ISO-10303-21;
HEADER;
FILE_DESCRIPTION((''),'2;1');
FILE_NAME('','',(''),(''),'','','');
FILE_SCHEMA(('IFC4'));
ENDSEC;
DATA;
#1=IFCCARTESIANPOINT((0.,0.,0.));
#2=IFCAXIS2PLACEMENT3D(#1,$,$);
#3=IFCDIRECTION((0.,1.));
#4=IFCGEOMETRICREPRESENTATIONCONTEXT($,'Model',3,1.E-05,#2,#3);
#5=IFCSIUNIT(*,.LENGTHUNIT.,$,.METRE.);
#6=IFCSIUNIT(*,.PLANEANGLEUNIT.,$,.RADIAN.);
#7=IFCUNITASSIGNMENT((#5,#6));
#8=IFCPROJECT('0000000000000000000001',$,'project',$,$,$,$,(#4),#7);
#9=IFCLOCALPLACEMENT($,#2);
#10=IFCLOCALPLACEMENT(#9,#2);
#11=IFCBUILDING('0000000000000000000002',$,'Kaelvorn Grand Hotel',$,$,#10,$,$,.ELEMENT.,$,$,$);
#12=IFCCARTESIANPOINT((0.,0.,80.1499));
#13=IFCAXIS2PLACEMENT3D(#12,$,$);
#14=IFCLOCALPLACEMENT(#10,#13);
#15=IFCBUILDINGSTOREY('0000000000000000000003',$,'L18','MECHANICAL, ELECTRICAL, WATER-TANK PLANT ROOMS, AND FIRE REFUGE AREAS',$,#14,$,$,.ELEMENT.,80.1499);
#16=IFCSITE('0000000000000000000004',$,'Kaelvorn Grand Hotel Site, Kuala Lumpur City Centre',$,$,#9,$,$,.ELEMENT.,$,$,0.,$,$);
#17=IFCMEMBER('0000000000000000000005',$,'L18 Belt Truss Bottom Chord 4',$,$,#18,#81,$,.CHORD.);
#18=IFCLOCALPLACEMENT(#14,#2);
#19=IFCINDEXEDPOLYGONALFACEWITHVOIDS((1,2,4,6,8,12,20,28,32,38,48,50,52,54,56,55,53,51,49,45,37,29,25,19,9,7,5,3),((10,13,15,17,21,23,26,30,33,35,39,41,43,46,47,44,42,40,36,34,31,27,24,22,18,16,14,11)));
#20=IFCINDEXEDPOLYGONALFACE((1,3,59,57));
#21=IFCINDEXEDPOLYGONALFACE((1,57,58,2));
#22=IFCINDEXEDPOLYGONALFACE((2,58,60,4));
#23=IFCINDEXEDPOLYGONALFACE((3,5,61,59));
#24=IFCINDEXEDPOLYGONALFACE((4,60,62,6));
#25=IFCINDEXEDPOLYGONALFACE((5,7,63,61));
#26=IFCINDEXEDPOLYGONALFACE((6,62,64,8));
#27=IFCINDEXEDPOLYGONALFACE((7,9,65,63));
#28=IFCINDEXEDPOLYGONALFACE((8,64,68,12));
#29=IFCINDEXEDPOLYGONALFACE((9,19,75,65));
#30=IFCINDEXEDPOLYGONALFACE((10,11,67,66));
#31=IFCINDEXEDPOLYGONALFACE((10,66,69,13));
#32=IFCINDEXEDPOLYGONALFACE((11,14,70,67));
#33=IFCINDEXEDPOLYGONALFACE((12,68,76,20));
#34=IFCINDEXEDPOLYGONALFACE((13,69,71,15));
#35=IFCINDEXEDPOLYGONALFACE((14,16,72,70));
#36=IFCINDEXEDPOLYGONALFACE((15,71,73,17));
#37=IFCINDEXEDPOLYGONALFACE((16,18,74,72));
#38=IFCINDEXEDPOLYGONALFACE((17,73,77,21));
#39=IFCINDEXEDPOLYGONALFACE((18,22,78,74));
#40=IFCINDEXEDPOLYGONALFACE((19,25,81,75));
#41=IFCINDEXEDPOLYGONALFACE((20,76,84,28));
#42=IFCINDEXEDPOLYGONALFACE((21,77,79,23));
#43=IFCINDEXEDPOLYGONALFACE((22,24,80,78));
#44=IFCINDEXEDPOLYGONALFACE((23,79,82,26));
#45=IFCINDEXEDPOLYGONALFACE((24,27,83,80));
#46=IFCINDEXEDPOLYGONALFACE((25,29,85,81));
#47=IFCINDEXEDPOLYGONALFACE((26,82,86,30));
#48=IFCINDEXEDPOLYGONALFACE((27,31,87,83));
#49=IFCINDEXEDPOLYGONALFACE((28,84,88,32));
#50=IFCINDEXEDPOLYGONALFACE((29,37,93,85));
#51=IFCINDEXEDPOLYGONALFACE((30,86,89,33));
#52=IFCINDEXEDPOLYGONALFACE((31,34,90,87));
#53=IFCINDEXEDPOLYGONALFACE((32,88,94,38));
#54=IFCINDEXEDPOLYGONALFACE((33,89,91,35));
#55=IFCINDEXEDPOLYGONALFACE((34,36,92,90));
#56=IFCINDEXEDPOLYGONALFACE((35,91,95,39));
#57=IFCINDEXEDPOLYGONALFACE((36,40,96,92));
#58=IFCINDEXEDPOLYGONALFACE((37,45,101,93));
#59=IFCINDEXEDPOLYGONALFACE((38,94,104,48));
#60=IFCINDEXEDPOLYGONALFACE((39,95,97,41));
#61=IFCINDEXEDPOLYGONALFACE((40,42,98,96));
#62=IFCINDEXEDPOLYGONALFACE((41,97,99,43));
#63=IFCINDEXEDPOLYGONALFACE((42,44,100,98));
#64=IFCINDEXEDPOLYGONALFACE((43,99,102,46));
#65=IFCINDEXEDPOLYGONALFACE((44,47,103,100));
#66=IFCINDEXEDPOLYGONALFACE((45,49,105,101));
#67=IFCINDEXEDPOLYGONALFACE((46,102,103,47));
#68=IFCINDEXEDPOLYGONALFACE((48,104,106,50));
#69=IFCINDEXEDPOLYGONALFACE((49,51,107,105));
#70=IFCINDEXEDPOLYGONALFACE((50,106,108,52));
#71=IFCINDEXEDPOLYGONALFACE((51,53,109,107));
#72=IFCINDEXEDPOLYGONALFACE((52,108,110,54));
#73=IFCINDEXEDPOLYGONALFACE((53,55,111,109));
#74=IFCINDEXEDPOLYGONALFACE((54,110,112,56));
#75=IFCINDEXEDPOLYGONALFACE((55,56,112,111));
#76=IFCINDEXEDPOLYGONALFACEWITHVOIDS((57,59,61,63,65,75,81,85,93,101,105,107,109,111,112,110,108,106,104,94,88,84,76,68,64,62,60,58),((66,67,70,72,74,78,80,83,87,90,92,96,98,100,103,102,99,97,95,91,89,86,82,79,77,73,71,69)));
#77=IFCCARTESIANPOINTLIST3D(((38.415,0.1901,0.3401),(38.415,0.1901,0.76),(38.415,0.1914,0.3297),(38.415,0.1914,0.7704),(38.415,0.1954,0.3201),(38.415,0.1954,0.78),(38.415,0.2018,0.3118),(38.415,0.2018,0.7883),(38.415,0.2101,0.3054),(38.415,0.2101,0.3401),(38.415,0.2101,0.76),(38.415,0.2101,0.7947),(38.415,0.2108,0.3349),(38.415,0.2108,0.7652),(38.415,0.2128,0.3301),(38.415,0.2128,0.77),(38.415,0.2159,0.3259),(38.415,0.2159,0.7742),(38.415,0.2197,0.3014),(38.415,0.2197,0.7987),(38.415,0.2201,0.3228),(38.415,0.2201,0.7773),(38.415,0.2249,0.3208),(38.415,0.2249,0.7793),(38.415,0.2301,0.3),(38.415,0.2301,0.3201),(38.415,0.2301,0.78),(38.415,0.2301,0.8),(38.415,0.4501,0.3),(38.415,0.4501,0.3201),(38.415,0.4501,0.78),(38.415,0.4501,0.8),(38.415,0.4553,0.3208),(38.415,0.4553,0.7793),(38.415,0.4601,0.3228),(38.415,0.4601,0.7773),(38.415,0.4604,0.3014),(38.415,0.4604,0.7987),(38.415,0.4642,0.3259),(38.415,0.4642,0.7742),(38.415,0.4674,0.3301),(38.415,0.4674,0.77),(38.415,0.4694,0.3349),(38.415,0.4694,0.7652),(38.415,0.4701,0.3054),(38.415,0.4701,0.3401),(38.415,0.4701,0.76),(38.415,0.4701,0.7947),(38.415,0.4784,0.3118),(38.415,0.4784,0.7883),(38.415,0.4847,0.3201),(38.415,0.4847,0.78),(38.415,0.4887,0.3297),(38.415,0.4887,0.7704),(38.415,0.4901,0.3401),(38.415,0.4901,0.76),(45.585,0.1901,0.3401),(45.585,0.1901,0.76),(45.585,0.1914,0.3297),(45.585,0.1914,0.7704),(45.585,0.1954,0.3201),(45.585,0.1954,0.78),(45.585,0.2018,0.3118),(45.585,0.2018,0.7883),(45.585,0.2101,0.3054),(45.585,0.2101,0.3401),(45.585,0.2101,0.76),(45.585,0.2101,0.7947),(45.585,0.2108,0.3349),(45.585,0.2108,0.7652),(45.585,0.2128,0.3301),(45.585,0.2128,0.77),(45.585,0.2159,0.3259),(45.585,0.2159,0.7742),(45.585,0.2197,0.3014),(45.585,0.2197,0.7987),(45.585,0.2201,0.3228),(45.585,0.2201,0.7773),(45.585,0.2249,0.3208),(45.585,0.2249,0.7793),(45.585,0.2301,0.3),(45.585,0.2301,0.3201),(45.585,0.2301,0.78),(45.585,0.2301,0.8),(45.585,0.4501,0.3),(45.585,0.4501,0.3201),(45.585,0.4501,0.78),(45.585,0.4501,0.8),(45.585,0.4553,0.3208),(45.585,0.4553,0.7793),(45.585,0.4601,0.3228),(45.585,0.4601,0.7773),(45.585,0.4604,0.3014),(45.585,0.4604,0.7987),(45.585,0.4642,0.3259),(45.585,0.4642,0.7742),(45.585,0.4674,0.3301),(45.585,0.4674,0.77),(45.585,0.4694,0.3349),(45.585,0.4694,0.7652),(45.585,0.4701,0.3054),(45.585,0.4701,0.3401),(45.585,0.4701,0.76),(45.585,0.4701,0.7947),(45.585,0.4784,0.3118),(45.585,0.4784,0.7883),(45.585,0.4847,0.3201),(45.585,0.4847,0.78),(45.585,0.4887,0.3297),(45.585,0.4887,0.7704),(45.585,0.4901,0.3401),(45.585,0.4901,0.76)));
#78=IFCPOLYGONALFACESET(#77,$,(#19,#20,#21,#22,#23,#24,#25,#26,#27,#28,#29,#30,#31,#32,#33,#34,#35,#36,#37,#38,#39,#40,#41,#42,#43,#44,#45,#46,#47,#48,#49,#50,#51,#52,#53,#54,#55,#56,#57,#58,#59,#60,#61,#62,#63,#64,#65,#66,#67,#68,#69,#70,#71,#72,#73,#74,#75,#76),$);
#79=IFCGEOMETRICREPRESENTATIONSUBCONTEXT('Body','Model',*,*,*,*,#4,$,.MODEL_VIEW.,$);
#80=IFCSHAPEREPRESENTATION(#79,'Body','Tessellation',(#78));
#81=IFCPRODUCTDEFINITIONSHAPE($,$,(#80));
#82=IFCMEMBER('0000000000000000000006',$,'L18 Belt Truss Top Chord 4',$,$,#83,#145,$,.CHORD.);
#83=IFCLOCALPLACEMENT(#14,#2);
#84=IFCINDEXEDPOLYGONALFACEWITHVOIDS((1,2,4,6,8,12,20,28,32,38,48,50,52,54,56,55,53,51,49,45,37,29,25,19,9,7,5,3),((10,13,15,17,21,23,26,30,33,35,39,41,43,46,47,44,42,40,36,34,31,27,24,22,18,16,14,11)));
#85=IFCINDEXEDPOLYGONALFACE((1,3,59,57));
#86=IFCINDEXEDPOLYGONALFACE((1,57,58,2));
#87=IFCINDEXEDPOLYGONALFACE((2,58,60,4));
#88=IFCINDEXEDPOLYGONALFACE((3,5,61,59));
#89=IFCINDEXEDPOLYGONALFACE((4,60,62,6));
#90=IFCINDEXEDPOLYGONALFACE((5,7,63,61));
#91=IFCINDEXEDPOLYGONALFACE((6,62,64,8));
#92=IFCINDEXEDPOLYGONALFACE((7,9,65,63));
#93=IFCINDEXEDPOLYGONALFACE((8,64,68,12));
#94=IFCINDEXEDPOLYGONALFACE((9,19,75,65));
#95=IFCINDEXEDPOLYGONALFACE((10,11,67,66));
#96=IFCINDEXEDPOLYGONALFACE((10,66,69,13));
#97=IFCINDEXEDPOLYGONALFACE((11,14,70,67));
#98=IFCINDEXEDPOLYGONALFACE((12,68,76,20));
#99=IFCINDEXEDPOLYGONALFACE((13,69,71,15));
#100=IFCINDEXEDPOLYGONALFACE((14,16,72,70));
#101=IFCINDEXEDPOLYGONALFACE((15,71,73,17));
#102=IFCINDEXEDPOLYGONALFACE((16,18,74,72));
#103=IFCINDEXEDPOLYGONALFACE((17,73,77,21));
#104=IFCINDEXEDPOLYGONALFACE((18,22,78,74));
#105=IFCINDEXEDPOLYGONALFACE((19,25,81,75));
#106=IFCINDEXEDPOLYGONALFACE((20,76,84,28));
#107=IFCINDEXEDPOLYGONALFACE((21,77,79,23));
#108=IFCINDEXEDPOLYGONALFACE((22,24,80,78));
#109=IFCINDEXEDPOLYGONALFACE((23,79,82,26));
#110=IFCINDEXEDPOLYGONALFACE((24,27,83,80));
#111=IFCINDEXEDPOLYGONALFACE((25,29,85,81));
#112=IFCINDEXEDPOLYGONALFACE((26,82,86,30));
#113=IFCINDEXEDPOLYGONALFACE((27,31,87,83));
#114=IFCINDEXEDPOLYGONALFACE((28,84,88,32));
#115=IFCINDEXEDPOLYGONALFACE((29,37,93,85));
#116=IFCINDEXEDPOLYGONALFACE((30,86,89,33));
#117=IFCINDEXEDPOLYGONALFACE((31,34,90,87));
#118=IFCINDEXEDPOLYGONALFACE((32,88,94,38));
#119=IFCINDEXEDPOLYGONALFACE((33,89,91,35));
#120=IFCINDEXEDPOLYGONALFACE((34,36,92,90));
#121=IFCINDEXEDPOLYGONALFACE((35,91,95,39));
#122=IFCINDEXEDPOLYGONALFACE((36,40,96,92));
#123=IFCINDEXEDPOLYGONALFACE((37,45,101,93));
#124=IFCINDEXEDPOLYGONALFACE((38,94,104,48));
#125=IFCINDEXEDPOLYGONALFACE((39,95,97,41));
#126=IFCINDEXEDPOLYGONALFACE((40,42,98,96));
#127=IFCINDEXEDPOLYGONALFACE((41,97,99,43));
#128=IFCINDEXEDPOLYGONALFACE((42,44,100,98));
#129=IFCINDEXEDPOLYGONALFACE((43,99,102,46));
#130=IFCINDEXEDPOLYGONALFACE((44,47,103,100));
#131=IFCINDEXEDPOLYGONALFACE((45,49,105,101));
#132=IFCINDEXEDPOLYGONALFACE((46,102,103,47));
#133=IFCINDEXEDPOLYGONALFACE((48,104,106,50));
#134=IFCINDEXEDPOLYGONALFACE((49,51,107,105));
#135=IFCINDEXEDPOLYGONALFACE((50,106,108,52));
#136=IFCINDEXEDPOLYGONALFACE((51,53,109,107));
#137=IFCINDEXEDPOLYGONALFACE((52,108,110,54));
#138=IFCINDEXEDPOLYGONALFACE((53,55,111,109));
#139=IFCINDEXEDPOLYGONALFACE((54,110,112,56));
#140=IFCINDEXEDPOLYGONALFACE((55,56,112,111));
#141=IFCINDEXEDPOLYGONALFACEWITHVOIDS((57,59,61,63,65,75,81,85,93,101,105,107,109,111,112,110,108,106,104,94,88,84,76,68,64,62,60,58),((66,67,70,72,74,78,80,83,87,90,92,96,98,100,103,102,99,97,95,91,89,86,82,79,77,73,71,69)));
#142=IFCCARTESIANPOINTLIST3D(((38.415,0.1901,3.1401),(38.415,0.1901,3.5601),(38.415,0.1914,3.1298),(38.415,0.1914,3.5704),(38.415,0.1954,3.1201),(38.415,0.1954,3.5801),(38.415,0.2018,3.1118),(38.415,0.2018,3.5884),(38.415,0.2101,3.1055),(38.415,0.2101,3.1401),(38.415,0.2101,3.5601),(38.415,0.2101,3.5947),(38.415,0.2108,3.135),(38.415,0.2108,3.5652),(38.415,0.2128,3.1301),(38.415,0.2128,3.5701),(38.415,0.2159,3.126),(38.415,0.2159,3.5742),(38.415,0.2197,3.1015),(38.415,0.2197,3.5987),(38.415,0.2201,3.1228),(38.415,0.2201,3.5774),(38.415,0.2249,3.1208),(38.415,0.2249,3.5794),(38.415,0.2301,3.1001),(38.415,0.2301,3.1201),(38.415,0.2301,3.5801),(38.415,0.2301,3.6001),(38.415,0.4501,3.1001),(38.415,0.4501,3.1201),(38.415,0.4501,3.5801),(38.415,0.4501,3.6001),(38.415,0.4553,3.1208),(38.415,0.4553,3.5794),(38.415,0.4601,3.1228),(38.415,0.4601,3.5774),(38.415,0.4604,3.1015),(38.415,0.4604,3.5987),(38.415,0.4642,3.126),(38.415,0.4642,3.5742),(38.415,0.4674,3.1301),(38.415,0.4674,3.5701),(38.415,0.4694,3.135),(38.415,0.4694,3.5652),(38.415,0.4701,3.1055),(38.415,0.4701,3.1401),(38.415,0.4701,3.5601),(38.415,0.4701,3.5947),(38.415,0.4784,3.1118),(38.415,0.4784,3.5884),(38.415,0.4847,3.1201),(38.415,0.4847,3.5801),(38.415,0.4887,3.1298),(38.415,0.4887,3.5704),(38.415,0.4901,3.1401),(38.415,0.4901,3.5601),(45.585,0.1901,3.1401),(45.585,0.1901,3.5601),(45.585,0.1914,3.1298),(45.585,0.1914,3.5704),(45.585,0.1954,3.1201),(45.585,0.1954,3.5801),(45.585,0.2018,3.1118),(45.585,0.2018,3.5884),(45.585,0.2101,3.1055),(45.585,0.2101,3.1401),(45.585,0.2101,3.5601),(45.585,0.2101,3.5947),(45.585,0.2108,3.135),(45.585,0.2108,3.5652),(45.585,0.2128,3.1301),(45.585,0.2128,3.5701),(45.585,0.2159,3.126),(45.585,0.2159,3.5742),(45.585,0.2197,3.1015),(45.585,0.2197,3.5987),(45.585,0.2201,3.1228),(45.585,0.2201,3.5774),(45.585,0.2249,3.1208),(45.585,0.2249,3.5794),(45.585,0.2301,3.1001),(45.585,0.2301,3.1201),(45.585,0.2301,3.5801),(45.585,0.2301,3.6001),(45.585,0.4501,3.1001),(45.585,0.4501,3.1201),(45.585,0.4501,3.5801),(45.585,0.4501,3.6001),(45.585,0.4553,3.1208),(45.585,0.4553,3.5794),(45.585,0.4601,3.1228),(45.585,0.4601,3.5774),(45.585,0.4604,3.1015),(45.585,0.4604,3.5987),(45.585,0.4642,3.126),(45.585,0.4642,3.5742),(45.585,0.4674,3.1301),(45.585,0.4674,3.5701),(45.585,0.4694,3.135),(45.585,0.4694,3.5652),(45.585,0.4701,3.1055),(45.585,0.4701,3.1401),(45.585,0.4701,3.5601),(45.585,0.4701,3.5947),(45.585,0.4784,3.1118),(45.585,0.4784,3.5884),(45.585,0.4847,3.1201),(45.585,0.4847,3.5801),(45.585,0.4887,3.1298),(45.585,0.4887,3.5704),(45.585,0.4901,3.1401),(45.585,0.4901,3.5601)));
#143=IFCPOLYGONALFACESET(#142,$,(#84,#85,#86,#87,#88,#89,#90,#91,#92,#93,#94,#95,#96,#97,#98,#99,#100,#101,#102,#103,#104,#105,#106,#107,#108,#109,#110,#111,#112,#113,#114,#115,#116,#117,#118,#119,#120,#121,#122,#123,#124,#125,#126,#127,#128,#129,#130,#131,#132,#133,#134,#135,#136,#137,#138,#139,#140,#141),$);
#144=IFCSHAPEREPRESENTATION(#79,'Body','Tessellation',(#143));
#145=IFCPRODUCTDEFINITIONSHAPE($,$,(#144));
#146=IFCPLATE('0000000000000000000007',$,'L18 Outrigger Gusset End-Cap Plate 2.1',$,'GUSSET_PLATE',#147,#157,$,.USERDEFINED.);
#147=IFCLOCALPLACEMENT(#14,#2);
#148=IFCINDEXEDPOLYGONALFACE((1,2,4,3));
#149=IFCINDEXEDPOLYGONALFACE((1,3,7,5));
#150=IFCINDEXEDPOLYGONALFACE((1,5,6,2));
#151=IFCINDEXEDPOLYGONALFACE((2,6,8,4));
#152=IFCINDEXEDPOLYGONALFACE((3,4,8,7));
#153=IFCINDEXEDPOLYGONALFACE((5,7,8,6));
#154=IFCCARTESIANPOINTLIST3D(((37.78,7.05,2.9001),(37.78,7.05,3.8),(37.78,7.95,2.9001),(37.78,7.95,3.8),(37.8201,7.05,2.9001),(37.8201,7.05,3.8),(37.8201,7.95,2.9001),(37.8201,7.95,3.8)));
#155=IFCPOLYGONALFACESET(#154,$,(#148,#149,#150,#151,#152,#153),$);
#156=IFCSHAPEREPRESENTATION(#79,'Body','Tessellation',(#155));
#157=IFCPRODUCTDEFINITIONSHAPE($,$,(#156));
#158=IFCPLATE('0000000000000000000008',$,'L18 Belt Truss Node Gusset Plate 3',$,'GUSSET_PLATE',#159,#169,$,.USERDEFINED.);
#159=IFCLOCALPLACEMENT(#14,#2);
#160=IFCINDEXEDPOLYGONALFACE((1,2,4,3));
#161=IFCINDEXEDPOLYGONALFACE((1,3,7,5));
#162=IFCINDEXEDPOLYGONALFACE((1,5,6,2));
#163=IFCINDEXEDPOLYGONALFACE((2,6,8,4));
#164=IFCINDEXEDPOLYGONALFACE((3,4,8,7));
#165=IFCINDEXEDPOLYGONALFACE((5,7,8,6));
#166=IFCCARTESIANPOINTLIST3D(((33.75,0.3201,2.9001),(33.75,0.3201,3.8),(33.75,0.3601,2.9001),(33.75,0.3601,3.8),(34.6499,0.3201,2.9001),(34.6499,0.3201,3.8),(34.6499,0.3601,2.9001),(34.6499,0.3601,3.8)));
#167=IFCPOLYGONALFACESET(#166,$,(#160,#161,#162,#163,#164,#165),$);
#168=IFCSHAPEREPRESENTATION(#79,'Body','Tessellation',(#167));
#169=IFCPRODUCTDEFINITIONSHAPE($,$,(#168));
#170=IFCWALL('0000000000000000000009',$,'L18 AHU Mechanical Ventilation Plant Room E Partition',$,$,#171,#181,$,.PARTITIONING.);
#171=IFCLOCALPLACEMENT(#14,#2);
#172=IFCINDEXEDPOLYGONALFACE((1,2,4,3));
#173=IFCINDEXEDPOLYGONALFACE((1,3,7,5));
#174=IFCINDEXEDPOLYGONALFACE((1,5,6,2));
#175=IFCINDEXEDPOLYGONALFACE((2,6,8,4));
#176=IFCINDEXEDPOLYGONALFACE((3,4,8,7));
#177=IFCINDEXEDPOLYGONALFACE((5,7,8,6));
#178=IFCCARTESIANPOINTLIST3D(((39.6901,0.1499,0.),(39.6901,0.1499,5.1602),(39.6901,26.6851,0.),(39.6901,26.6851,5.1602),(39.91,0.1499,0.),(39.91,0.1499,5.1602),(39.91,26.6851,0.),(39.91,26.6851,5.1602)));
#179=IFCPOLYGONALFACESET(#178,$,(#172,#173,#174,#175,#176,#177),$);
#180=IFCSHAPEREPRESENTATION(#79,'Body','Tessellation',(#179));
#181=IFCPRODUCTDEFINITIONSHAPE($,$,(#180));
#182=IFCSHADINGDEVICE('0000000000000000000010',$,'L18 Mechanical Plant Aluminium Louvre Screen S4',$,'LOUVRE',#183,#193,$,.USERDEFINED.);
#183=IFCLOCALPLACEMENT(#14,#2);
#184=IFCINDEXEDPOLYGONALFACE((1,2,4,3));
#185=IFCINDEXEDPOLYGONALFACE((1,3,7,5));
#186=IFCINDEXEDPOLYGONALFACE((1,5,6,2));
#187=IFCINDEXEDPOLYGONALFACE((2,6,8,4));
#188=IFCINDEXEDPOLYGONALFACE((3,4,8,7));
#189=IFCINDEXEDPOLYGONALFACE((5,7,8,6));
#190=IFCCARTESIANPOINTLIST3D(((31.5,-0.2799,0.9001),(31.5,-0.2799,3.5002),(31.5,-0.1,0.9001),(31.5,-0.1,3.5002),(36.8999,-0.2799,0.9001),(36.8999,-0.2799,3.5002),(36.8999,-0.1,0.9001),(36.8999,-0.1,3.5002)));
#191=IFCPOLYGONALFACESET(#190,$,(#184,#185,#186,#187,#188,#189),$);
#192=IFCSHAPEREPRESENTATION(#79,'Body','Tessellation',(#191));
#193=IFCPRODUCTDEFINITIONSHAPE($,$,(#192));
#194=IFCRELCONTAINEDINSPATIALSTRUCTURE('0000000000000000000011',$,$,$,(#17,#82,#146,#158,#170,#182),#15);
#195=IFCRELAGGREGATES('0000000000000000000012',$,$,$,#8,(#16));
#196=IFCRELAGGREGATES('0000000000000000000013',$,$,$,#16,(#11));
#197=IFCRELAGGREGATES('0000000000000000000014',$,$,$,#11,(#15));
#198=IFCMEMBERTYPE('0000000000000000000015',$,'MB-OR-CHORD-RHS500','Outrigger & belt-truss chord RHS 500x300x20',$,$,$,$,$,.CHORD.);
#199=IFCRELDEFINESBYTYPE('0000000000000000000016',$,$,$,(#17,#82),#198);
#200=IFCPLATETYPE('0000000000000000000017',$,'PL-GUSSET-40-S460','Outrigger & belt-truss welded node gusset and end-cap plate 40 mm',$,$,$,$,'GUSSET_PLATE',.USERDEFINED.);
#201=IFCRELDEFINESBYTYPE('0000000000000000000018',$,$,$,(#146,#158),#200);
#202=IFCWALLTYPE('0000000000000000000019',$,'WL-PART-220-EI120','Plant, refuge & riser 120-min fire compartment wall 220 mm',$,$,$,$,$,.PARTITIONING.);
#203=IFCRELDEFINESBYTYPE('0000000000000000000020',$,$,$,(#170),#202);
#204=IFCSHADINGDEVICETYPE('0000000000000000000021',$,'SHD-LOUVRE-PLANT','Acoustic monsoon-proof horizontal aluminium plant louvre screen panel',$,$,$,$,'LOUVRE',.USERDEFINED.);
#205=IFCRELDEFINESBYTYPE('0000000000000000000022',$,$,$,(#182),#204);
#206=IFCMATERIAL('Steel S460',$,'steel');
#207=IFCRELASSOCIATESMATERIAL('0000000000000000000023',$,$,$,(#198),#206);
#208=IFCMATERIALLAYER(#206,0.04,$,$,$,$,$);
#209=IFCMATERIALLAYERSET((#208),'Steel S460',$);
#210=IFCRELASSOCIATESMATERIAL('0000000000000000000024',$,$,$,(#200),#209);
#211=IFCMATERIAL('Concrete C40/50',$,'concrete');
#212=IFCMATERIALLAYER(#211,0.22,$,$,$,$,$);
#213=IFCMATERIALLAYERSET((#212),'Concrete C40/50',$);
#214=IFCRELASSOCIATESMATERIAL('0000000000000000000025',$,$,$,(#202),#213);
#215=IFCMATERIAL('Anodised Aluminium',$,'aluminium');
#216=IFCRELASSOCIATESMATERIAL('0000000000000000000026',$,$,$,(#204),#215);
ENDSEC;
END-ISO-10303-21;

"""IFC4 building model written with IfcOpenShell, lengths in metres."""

from ifc_helpers import new_model, si_unit, direction, frame, frame_2d, origin, origin_2d, place, context, subcontext, project, spatial, rectangle, hollow_rectangle, extrude, material, layer, layer_set, material_profile, profile_set, type_object, element, save


model = new_model("IFC4")

# Units and contexts
model_context = context("Model", 3, precision=1e-05, world=origin(), true_north=direction((0.0, 1.0)))
body_context = subcontext(model_context, "Body", "Model", "MODEL_VIEW")
ifc_project = project(units=[si_unit("LENGTHUNIT", "METRE"), si_unit("PLANEANGLEUNIT", "RADIAN")], contexts=[model_context])

# Site, building, storey
site_placement = place(None, origin())
site = spatial("IfcSite", under=ifc_project, at=site_placement, Name="Kaelvorn Grand Hotel Site, Kuala Lumpur City Centre", CompositionType="ELEMENT", RefElevation=0.0)
building_placement = place(site_placement, origin())
building = spatial("IfcBuilding", under=site, at=building_placement, Name="Kaelvorn Grand Hotel", CompositionType="ELEMENT")
storey_placement = place(building_placement, frame((0.0, 0.0, 80.1499)))
storey = spatial("IfcBuildingStorey", under=building, at=storey_placement, Name="L18", Description="MECHANICAL, ELECTRICAL, WATER-TANK PLANT ROOMS, AND FIRE REFUGE AREAS", CompositionType="ELEMENT", Elevation=80.1499)

# Shared definitions
ifc_material_1 = material(Name="Steel S460", Category="steel")

# Members
ifc_material_profile_1 = material_profile(ifc_material_1, hollow_rectangle(XDim=0.3, YDim=0.5, WallThickness=0.02, InnerFilletRadius=0.02, OuterFilletRadius=0.04, at=origin_2d()), Name="RHS 500x300x20.0")
ifc_profile_set_1 = profile_set([ifc_material_profile_1], Name="Steel S460")
member_type_1 = type_object("IfcMemberType", Name="MB-OR-CHORD-RHS500", Description="Outrigger & belt-truss chord RHS 500x300x20", PredefinedType="CHORD", material=ifc_profile_set_1)
for number, where, z_axis, x_axis, name in (
    (1, (38.415, 0.3401, 0.55), (1.0, 0.0, 0.0), (0.0, 1.0, 0.0), "L18 Belt Truss Bottom Chord 4"),
    (2, (38.415, 0.3401, 3.3501), (1.0, 0.0, 0.0), (0.0, 1.0, 0.0), "L18 Belt Truss Top Chord 4"),
):
    element("IfcMember", number, at=place(storey_placement, frame(where, z_axis=z_axis, x_axis=x_axis)), inside=storey, type_object=member_type_1, Name=name, PredefinedType="CHORD", context=body_context, shape_type="SweptSolid", body=[
        extrude(hollow_rectangle(XDim=0.3, YDim=0.5, WallThickness=0.02, InnerFilletRadius=0.02, OuterFilletRadius=0.04, at=origin_2d()), origin(), (0.0, 0.0, 1.0), 7.1699),
    ])

# Plates
ifc_layer_1 = layer(ifc_material_1, 0.04)
ifc_layer_set_1 = layer_set([ifc_layer_1], Name="Steel S460")
plate_type = type_object("IfcPlateType", Name="PL-GUSSET-40-S460", Description="Outrigger & belt-truss welded node gusset and end-cap plate 40 mm", ElementType="GUSSET_PLATE", PredefinedType="USERDEFINED", material=ifc_layer_set_1)
plate_1_placement = place(storey_placement, frame((37.8, 7.5, 2.9001), z_axis=(0.0, 0.0, 1.0), x_axis=(1.0, 0.0, 0.0)))
element("IfcPlate", 3, at=plate_1_placement, inside=storey, type_object=plate_type, Name="L18 Outrigger Gusset End-Cap Plate 2.1", ObjectType="GUSSET_PLATE", PredefinedType="USERDEFINED", context=body_context, shape_type="SweptSolid", body=[
    extrude(rectangle(XDim=0.04, YDim=0.8999, at=origin_2d()), origin(), (0.0, 0.0, 1.0), 0.8999),
])
plate_2_placement = place(storey_placement, frame((34.2, 0.3401, 2.9001), z_axis=(0.0, 0.0, 1.0), x_axis=(1.0, 0.0, 0.0)))
element("IfcPlate", 4, at=plate_2_placement, inside=storey, type_object=plate_type, Name="L18 Belt Truss Node Gusset Plate 3", ObjectType="GUSSET_PLATE", PredefinedType="USERDEFINED", context=body_context, shape_type="SweptSolid", body=[
    extrude(rectangle(XDim=0.8999, YDim=0.04, at=origin_2d()), origin(), (0.0, 0.0, 1.0), 0.8999),
])

# Wall
ifc_material_2 = material(Name="Concrete C40/50", Category="concrete")
ifc_layer_2 = layer(ifc_material_2, 0.22)
ifc_layer_set_2 = layer_set([ifc_layer_2], Name="Concrete C40/50")
wall_type = type_object("IfcWallType", Name="WL-PART-220-EI120", Description="Plant, refuge & riser 120-min fire compartment wall 220 mm", PredefinedType="PARTITIONING", material=ifc_layer_set_2)
wall_placement = place(storey_placement, frame((39.8, 0.1499, 0.0), z_axis=(0.0, 0.0, 1.0), x_axis=(0.0, 1.0, 0.0)))
element("IfcWall", 5, at=wall_placement, inside=storey, type_object=wall_type, Name="L18 AHU Mechanical Ventilation Plant Room E Partition", PredefinedType="PARTITIONING", context=body_context, shape_type="SweptSolid", body=[
    extrude(rectangle(XDim=26.5352, YDim=0.22, at=frame_2d((13.2676, 0.0))), origin(), (0.0, 0.0, 1.0), 5.1602),
])

# Shading device
ifc_material_3 = material(Name="Anodised Aluminium", Category="aluminium")
shading_device_type = type_object("IfcShadingDeviceType", Name="SHD-LOUVRE-PLANT", Description="Acoustic monsoon-proof horizontal aluminium plant louvre screen panel", ElementType="LOUVRE", PredefinedType="USERDEFINED", material=ifc_material_3)
shading_device_placement = place(storey_placement, frame((34.2, -0.1899, 0.9001), z_axis=(0.0, 0.0, 1.0), x_axis=(1.0, 0.0, 0.0)))
element("IfcShadingDevice", 6, at=shading_device_placement, inside=storey, type_object=shading_device_type, Name="L18 Mechanical Plant Aluminium Louvre Screen S4", ObjectType="LOUVRE", PredefinedType="USERDEFINED", context=body_context, shape_type="SweptSolid", body=[
    extrude(rectangle(XDim=5.3999, YDim=0.1799, at=origin_2d()), origin(), (0.0, 0.0, 1.0), 2.6001),
])

save(model, "model.ifc")
